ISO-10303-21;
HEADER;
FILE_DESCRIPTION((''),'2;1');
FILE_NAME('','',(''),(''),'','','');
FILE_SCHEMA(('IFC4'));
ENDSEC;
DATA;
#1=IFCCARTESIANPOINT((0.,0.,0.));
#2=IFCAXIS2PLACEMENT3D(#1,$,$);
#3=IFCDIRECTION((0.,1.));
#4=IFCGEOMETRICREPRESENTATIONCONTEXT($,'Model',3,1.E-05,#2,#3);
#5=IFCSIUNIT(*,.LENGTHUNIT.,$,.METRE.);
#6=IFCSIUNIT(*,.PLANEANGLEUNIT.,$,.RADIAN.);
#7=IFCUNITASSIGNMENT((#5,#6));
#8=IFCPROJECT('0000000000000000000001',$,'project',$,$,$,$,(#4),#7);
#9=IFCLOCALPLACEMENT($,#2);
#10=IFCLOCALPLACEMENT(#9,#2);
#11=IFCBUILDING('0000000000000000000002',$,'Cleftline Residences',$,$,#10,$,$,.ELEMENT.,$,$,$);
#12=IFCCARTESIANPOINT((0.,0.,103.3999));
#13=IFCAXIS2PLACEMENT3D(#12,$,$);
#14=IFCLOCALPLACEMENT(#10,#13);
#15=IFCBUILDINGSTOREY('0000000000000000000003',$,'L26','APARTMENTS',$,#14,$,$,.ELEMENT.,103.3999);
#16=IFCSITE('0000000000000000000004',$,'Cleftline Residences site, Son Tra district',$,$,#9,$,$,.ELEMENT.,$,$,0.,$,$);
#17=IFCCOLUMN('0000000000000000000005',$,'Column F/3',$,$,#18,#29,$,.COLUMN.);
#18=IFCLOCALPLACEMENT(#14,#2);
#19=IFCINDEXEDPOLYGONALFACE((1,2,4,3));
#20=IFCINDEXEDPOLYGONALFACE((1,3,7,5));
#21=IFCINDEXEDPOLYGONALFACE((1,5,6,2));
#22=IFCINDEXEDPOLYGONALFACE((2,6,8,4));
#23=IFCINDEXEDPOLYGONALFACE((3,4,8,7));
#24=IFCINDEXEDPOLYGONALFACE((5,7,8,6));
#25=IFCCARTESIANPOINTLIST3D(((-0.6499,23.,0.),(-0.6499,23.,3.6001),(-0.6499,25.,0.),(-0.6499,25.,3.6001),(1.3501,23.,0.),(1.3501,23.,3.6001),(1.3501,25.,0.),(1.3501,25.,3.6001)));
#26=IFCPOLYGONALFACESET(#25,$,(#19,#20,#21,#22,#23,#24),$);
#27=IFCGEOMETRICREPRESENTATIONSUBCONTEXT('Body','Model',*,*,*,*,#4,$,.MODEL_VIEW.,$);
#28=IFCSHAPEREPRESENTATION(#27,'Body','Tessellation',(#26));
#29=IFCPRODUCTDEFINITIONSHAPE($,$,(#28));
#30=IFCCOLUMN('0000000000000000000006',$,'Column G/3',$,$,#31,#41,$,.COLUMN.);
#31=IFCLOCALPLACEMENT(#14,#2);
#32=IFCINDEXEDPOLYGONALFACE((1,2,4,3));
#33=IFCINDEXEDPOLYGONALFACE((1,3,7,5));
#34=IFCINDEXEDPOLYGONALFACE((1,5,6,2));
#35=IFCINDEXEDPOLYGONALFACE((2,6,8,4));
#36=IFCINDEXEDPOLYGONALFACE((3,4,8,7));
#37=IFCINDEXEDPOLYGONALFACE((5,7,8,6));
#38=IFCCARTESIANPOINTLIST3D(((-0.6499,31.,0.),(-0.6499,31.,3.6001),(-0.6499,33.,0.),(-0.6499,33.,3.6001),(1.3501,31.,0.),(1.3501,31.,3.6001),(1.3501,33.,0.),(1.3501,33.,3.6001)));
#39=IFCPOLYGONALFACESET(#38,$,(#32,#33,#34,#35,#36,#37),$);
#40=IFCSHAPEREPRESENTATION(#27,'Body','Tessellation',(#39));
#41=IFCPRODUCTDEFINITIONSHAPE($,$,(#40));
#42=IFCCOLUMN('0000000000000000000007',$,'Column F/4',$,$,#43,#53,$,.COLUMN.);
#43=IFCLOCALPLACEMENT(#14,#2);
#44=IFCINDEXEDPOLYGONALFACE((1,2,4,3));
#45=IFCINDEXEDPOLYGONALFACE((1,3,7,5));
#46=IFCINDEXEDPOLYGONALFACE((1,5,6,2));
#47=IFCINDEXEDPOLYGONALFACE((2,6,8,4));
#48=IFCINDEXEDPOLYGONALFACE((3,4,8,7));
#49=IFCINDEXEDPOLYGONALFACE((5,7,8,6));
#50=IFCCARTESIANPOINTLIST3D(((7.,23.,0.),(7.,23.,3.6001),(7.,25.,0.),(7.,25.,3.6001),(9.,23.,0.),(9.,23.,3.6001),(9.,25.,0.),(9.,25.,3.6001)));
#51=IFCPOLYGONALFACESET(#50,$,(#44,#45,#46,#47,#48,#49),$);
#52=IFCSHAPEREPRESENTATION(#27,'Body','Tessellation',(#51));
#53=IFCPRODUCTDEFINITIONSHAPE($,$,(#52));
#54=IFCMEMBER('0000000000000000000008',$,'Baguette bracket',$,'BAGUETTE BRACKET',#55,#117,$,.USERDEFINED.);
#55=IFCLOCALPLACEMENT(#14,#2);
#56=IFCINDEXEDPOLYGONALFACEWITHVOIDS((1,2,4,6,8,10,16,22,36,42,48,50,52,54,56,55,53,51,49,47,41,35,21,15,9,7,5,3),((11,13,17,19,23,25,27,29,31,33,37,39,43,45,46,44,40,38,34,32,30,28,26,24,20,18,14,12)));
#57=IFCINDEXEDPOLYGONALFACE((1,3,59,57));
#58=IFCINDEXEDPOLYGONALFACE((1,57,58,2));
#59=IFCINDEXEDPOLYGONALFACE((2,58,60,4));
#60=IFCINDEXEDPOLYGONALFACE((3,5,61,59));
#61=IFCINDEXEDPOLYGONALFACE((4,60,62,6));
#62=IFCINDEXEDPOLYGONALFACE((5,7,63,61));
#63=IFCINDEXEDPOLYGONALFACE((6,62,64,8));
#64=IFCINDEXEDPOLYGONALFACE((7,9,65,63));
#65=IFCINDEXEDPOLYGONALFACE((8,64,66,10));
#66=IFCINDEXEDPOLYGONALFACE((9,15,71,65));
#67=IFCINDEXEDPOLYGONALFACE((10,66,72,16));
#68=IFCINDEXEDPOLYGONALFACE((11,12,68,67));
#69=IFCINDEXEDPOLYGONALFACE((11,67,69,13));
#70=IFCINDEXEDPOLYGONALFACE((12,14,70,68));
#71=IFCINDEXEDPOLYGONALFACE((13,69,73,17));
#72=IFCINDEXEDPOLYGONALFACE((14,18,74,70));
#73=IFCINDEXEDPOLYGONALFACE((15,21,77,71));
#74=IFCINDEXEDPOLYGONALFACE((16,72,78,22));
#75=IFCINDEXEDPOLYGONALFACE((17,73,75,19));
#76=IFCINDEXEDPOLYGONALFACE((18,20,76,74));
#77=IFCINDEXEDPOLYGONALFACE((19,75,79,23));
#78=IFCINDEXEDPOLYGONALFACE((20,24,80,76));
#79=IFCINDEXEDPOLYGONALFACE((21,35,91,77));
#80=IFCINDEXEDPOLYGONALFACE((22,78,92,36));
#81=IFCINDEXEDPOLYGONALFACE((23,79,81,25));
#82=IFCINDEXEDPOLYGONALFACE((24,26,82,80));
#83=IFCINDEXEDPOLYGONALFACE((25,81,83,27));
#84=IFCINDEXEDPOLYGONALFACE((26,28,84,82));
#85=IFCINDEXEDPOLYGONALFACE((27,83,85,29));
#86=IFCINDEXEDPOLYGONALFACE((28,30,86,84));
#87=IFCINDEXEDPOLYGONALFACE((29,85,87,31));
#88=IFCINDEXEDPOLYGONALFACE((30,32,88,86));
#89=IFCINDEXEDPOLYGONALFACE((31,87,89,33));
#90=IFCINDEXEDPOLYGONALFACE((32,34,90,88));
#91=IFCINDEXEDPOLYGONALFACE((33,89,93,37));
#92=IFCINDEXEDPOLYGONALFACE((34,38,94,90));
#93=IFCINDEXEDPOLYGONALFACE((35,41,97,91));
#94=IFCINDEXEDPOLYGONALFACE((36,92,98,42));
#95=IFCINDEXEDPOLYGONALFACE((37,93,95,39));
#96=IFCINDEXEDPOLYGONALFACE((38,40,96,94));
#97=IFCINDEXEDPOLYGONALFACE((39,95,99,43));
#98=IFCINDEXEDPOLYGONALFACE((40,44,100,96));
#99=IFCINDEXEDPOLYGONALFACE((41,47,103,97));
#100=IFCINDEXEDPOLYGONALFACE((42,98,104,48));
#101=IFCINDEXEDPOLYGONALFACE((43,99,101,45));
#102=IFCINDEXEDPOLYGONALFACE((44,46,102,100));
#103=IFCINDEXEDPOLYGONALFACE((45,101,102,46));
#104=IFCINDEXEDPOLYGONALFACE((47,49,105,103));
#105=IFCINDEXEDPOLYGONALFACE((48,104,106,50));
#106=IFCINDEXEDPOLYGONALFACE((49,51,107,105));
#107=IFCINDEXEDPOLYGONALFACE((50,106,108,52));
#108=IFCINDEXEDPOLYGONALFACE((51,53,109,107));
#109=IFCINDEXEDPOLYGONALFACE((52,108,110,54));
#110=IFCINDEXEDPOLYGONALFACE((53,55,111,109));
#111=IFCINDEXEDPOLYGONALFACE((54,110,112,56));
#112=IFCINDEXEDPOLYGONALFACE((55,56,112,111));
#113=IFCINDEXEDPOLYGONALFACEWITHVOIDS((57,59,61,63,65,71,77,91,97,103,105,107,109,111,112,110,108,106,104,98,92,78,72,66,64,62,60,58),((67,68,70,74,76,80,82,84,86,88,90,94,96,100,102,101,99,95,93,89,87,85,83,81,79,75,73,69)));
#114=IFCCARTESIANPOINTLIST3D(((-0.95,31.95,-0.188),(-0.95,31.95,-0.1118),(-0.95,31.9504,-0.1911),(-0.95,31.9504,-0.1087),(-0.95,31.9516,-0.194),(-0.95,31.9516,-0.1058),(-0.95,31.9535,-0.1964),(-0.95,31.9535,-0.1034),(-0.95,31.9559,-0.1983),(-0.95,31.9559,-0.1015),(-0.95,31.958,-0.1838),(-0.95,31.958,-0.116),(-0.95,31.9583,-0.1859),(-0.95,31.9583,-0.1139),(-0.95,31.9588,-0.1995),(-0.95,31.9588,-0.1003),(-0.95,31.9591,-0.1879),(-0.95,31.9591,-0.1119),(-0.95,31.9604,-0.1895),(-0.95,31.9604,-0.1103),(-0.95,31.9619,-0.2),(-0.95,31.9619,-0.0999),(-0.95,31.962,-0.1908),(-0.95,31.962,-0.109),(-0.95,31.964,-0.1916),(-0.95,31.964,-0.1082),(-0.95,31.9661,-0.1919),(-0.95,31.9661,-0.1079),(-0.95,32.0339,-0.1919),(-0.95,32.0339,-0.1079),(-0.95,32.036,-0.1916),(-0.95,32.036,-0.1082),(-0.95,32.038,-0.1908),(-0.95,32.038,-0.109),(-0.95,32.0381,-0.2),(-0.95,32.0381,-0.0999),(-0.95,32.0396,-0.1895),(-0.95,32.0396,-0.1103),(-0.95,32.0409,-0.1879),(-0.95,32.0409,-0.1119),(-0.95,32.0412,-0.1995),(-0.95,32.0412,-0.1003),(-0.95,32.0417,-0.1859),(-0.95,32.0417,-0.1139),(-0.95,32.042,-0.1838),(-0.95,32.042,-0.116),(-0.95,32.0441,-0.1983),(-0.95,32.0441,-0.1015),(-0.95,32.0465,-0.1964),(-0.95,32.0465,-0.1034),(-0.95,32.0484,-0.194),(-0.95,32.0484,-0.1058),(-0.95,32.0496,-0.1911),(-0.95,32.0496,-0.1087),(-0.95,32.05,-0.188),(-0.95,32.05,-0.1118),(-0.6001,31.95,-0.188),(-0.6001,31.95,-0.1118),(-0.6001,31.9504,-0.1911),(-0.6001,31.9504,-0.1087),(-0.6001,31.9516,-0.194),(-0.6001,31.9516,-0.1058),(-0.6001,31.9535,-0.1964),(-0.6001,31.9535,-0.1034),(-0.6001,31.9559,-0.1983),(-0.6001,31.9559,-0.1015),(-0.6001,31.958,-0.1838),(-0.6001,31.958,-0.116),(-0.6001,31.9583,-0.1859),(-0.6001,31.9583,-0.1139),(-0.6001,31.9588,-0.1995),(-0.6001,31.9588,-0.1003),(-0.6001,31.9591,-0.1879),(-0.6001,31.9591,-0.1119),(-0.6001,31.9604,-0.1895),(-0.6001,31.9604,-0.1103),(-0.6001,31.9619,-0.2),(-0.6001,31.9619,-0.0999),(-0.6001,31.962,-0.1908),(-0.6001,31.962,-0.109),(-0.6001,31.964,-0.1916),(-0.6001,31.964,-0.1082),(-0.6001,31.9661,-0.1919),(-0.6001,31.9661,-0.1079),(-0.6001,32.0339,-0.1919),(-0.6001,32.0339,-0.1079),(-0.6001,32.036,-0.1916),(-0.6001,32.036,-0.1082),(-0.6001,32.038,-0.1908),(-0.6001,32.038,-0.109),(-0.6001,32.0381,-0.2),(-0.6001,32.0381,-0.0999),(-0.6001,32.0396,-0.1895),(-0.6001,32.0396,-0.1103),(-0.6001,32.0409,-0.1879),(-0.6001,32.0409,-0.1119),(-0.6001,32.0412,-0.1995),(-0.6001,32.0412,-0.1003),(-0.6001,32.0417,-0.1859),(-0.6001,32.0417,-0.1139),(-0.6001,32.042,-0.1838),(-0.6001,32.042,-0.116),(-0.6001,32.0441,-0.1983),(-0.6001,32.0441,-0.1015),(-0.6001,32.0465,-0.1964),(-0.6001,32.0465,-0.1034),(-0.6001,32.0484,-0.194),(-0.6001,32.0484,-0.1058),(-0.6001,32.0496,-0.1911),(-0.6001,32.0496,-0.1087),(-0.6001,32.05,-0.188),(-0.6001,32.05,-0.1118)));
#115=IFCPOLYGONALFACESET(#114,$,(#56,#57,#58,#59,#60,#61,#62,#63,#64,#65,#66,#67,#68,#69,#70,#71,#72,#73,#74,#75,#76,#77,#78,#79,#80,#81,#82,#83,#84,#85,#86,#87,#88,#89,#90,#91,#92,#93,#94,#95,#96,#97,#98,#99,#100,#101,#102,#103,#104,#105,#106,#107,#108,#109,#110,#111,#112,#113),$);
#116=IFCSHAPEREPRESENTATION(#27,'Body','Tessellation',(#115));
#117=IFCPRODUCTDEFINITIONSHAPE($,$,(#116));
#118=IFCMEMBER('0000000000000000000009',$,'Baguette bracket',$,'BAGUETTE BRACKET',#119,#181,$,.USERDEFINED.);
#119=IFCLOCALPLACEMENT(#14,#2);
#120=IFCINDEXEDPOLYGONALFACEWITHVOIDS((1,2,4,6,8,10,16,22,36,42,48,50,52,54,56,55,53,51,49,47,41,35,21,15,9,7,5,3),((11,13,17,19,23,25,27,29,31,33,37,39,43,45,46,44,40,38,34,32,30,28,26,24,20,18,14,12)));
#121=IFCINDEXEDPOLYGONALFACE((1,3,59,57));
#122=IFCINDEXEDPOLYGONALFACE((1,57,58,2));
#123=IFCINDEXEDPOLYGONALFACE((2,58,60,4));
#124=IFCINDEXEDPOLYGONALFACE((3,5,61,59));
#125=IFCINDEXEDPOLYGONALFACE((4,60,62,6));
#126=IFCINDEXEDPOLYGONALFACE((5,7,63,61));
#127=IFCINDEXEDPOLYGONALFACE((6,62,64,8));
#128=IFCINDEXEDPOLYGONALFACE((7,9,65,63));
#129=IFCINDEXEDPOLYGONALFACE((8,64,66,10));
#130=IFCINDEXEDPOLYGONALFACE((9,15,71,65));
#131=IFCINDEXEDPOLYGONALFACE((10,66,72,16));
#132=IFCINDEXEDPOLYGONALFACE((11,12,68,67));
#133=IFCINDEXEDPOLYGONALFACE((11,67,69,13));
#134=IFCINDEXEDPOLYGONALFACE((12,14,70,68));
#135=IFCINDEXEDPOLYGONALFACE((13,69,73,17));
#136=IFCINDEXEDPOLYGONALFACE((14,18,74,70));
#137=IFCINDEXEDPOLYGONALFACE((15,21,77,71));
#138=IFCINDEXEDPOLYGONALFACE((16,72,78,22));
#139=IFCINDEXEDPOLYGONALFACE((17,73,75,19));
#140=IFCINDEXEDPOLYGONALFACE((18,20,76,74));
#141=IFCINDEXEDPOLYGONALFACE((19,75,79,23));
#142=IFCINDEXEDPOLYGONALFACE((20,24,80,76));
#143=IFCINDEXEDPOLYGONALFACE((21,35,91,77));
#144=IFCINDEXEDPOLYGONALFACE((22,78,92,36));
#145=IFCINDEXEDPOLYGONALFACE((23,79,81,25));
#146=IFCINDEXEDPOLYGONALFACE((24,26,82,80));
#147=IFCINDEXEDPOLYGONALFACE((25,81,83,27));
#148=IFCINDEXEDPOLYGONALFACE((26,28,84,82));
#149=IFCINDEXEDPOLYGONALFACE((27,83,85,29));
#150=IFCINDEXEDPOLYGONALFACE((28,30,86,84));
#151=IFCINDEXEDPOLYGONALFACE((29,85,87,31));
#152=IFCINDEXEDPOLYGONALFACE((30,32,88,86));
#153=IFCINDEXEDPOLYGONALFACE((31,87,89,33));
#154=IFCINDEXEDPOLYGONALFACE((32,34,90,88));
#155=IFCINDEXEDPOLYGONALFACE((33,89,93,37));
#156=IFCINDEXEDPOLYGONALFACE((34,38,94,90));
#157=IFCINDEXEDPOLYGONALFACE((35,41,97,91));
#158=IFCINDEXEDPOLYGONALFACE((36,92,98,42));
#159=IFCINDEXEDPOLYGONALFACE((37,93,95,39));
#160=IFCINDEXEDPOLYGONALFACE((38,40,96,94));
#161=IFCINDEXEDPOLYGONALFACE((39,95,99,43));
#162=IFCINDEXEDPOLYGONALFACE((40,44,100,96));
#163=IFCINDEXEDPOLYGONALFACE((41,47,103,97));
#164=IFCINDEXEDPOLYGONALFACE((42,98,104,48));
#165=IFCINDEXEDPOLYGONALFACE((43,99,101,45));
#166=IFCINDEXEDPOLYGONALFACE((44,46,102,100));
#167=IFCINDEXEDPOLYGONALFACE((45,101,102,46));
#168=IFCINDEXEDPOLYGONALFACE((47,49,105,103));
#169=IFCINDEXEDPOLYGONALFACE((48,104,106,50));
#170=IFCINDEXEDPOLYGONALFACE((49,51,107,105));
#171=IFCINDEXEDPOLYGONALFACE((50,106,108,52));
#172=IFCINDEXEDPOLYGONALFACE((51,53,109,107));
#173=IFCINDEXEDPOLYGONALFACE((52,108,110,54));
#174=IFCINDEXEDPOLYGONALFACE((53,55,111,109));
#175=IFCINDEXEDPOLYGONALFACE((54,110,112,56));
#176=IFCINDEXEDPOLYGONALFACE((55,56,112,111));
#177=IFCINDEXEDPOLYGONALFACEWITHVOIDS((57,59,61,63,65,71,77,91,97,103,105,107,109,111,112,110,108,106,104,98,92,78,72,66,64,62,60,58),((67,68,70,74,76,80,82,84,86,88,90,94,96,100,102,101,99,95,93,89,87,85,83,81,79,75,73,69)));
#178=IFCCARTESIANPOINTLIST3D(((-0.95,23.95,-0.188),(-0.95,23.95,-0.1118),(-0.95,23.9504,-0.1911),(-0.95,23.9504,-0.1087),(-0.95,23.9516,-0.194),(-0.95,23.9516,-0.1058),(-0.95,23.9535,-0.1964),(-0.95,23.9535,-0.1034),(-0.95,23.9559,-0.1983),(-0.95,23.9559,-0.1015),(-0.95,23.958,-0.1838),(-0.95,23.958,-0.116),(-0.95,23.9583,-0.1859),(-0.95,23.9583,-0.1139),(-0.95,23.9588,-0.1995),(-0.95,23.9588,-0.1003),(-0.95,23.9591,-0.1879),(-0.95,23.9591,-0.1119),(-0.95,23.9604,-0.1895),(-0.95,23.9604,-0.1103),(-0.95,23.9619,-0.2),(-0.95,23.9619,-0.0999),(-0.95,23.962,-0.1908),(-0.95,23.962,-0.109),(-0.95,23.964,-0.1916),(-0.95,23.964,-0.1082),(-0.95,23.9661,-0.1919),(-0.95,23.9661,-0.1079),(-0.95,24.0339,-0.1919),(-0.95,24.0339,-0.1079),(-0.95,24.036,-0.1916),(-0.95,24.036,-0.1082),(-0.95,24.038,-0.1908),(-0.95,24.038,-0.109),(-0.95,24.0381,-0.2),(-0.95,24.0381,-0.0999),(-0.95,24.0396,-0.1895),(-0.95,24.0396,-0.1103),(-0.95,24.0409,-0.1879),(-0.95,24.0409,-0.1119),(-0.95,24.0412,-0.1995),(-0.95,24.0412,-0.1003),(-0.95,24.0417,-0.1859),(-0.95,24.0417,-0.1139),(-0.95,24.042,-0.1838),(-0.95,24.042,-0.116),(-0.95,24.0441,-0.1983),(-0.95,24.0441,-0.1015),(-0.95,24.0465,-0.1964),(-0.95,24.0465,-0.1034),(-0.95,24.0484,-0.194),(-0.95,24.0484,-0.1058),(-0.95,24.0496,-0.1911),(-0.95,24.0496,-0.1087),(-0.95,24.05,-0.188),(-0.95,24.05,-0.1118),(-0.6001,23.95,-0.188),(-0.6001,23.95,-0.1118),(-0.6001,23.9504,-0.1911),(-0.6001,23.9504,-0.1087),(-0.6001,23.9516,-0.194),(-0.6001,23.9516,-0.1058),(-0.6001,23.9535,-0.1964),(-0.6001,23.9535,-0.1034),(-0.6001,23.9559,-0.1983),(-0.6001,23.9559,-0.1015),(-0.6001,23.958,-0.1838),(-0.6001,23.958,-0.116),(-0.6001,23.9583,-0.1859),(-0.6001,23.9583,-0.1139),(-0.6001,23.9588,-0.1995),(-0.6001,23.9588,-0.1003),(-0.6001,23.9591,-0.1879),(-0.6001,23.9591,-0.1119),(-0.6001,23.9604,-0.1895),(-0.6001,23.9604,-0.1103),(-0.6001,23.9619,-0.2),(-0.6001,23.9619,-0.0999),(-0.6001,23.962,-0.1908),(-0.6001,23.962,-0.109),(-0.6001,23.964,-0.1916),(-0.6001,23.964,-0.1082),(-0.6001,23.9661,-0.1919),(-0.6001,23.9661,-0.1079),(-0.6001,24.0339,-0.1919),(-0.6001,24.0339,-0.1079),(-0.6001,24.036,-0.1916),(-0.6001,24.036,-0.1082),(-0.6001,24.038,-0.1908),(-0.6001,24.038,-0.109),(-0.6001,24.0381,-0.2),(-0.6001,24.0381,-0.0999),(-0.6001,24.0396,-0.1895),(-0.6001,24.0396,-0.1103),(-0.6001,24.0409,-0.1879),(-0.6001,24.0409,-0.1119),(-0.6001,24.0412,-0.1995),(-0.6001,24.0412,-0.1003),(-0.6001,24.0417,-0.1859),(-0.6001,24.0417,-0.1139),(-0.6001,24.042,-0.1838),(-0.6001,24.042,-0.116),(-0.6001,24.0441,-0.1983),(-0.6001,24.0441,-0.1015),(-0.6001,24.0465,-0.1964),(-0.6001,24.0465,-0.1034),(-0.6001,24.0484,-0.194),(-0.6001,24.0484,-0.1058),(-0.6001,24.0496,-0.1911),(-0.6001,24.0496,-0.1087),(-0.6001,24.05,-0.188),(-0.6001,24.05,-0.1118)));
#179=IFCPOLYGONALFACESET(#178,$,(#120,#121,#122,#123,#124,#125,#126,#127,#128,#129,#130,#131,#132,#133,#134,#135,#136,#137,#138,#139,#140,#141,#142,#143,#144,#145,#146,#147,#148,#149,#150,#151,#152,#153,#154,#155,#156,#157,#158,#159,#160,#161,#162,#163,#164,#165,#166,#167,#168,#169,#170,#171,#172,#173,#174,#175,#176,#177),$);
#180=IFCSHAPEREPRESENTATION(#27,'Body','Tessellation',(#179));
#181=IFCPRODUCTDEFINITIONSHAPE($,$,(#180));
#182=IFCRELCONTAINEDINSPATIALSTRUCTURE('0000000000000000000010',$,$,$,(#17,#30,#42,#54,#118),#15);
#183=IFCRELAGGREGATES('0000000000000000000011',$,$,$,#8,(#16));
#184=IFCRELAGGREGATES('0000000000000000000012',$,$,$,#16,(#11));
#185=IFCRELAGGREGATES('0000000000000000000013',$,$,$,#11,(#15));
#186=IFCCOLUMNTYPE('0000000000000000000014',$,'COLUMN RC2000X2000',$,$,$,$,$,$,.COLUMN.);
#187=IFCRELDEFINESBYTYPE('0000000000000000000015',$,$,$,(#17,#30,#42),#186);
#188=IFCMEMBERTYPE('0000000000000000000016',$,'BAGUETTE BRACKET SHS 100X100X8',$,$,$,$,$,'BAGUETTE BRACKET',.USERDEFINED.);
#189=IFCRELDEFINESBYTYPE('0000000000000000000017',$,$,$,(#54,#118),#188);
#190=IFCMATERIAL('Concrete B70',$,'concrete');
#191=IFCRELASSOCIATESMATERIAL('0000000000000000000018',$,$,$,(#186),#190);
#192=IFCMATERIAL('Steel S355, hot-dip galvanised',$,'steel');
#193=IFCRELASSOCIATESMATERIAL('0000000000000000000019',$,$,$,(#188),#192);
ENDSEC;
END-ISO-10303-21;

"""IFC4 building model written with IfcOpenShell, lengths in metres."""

from ifc_helpers import new_model, si_unit, direction, frame, origin, origin_2d, place, context, subcontext, project, spatial, rectangle, hollow_rectangle, extrude, material, material_profile, profile_set, type_object, element, save


model = new_model("IFC4")

# Units and contexts
model_context = context("Model", 3, precision=1e-05, world=origin(), true_north=direction((0.0, 1.0)))
body_context = subcontext(model_context, "Body", "Model", "MODEL_VIEW")
ifc_project = project(units=[si_unit("LENGTHUNIT", "METRE"), si_unit("PLANEANGLEUNIT", "RADIAN")], contexts=[model_context])

# Site, building, storey
site_placement = place(None, origin())
site = spatial("IfcSite", under=ifc_project, at=site_placement, Name="Cleftline Residences site, Son Tra district", CompositionType="ELEMENT", RefElevation=0.0)
building_placement = place(site_placement, origin())
building = spatial("IfcBuilding", under=site, at=building_placement, Name="Cleftline Residences", CompositionType="ELEMENT")
storey_placement = place(building_placement, frame((0.0, 0.0, 103.3999)))
storey = spatial("IfcBuildingStorey", under=building, at=storey_placement, Name="L26", Description="APARTMENTS", CompositionType="ELEMENT", Elevation=103.3999)

# Columns
ifc_material_1 = material(Name="Concrete B70", Category="concrete")
ifc_material_profile_1 = material_profile(ifc_material_1, rectangle(XDim=2.0, YDim=2.0, at=origin_2d()))
ifc_profile_set_1 = profile_set([ifc_material_profile_1], Name="Concrete B70")
column_type = type_object("IfcColumnType", Name="COLUMN RC2000X2000", PredefinedType="COLUMN", material=ifc_profile_set_1)
for number, where, z_axis, x_axis, name in (
    (1, (0.3501, 24.0, 0.0), (0.0, 0.0, 1.0), (1.0, 0.0, 0.0), "Column F/3"),
    (2, (0.3501, 32.0, 0.0), (0.0, 0.0, 1.0), (1.0, 0.0, 0.0), "Column G/3"),
    (3, (8.0, 24.0, 0.0), (0.0, 0.0, 1.0), (1.0, 0.0, 0.0), "Column F/4"),
):
    element("IfcColumn", number, at=place(storey_placement, frame(where, z_axis=z_axis, x_axis=x_axis)), inside=storey, type_object=column_type, Name=name, PredefinedType="COLUMN", context=body_context, shape_type="SweptSolid", body=[
        extrude(rectangle(XDim=2.0, YDim=2.0, at=origin_2d()), origin(), (0.0, 0.0, 1.0), 3.6001),
    ])

# Members
ifc_material_2 = material(Name="Steel S355, hot-dip galvanised", Category="steel")
ifc_material_profile_2 = material_profile(ifc_material_2, hollow_rectangle(XDim=0.1001, YDim=0.1001, WallThickness=0.0081, InnerFilletRadius=0.0081, OuterFilletRadius=0.012, at=origin_2d()))
ifc_profile_set_2 = profile_set([ifc_material_profile_2], Name="Steel S355, hot-dip galvanised")
member_type_1 = type_object("IfcMemberType", Name="BAGUETTE BRACKET SHS 100X100X8", ElementType="BAGUETTE BRACKET", PredefinedType="USERDEFINED", material=ifc_profile_set_2)
for number, where, z_axis, x_axis, name in (
    (4, (-0.6001, 32.0, -0.1499), (-1.0, 0.0, 0.0), (0.0, -1.0, 0.0), "Baguette bracket"),
    (5, (-0.6001, 24.0, -0.1499), (-1.0, 0.0, 0.0), (0.0, -1.0, 0.0), "Baguette bracket"),
):
    element("IfcMember", number, at=place(storey_placement, frame(where, z_axis=z_axis, x_axis=x_axis)), inside=storey, type_object=member_type_1, Name=name, ObjectType="BAGUETTE BRACKET", PredefinedType="USERDEFINED", context=body_context, shape_type="SweptSolid", body=[
        extrude(hollow_rectangle(XDim=0.1001, YDim=0.1001, WallThickness=0.0081, InnerFilletRadius=0.0081, OuterFilletRadius=0.012, at=origin_2d()), origin(), (0.0, 0.0, 1.0), 0.3499),
    ])

save(model, "model.ifc")
